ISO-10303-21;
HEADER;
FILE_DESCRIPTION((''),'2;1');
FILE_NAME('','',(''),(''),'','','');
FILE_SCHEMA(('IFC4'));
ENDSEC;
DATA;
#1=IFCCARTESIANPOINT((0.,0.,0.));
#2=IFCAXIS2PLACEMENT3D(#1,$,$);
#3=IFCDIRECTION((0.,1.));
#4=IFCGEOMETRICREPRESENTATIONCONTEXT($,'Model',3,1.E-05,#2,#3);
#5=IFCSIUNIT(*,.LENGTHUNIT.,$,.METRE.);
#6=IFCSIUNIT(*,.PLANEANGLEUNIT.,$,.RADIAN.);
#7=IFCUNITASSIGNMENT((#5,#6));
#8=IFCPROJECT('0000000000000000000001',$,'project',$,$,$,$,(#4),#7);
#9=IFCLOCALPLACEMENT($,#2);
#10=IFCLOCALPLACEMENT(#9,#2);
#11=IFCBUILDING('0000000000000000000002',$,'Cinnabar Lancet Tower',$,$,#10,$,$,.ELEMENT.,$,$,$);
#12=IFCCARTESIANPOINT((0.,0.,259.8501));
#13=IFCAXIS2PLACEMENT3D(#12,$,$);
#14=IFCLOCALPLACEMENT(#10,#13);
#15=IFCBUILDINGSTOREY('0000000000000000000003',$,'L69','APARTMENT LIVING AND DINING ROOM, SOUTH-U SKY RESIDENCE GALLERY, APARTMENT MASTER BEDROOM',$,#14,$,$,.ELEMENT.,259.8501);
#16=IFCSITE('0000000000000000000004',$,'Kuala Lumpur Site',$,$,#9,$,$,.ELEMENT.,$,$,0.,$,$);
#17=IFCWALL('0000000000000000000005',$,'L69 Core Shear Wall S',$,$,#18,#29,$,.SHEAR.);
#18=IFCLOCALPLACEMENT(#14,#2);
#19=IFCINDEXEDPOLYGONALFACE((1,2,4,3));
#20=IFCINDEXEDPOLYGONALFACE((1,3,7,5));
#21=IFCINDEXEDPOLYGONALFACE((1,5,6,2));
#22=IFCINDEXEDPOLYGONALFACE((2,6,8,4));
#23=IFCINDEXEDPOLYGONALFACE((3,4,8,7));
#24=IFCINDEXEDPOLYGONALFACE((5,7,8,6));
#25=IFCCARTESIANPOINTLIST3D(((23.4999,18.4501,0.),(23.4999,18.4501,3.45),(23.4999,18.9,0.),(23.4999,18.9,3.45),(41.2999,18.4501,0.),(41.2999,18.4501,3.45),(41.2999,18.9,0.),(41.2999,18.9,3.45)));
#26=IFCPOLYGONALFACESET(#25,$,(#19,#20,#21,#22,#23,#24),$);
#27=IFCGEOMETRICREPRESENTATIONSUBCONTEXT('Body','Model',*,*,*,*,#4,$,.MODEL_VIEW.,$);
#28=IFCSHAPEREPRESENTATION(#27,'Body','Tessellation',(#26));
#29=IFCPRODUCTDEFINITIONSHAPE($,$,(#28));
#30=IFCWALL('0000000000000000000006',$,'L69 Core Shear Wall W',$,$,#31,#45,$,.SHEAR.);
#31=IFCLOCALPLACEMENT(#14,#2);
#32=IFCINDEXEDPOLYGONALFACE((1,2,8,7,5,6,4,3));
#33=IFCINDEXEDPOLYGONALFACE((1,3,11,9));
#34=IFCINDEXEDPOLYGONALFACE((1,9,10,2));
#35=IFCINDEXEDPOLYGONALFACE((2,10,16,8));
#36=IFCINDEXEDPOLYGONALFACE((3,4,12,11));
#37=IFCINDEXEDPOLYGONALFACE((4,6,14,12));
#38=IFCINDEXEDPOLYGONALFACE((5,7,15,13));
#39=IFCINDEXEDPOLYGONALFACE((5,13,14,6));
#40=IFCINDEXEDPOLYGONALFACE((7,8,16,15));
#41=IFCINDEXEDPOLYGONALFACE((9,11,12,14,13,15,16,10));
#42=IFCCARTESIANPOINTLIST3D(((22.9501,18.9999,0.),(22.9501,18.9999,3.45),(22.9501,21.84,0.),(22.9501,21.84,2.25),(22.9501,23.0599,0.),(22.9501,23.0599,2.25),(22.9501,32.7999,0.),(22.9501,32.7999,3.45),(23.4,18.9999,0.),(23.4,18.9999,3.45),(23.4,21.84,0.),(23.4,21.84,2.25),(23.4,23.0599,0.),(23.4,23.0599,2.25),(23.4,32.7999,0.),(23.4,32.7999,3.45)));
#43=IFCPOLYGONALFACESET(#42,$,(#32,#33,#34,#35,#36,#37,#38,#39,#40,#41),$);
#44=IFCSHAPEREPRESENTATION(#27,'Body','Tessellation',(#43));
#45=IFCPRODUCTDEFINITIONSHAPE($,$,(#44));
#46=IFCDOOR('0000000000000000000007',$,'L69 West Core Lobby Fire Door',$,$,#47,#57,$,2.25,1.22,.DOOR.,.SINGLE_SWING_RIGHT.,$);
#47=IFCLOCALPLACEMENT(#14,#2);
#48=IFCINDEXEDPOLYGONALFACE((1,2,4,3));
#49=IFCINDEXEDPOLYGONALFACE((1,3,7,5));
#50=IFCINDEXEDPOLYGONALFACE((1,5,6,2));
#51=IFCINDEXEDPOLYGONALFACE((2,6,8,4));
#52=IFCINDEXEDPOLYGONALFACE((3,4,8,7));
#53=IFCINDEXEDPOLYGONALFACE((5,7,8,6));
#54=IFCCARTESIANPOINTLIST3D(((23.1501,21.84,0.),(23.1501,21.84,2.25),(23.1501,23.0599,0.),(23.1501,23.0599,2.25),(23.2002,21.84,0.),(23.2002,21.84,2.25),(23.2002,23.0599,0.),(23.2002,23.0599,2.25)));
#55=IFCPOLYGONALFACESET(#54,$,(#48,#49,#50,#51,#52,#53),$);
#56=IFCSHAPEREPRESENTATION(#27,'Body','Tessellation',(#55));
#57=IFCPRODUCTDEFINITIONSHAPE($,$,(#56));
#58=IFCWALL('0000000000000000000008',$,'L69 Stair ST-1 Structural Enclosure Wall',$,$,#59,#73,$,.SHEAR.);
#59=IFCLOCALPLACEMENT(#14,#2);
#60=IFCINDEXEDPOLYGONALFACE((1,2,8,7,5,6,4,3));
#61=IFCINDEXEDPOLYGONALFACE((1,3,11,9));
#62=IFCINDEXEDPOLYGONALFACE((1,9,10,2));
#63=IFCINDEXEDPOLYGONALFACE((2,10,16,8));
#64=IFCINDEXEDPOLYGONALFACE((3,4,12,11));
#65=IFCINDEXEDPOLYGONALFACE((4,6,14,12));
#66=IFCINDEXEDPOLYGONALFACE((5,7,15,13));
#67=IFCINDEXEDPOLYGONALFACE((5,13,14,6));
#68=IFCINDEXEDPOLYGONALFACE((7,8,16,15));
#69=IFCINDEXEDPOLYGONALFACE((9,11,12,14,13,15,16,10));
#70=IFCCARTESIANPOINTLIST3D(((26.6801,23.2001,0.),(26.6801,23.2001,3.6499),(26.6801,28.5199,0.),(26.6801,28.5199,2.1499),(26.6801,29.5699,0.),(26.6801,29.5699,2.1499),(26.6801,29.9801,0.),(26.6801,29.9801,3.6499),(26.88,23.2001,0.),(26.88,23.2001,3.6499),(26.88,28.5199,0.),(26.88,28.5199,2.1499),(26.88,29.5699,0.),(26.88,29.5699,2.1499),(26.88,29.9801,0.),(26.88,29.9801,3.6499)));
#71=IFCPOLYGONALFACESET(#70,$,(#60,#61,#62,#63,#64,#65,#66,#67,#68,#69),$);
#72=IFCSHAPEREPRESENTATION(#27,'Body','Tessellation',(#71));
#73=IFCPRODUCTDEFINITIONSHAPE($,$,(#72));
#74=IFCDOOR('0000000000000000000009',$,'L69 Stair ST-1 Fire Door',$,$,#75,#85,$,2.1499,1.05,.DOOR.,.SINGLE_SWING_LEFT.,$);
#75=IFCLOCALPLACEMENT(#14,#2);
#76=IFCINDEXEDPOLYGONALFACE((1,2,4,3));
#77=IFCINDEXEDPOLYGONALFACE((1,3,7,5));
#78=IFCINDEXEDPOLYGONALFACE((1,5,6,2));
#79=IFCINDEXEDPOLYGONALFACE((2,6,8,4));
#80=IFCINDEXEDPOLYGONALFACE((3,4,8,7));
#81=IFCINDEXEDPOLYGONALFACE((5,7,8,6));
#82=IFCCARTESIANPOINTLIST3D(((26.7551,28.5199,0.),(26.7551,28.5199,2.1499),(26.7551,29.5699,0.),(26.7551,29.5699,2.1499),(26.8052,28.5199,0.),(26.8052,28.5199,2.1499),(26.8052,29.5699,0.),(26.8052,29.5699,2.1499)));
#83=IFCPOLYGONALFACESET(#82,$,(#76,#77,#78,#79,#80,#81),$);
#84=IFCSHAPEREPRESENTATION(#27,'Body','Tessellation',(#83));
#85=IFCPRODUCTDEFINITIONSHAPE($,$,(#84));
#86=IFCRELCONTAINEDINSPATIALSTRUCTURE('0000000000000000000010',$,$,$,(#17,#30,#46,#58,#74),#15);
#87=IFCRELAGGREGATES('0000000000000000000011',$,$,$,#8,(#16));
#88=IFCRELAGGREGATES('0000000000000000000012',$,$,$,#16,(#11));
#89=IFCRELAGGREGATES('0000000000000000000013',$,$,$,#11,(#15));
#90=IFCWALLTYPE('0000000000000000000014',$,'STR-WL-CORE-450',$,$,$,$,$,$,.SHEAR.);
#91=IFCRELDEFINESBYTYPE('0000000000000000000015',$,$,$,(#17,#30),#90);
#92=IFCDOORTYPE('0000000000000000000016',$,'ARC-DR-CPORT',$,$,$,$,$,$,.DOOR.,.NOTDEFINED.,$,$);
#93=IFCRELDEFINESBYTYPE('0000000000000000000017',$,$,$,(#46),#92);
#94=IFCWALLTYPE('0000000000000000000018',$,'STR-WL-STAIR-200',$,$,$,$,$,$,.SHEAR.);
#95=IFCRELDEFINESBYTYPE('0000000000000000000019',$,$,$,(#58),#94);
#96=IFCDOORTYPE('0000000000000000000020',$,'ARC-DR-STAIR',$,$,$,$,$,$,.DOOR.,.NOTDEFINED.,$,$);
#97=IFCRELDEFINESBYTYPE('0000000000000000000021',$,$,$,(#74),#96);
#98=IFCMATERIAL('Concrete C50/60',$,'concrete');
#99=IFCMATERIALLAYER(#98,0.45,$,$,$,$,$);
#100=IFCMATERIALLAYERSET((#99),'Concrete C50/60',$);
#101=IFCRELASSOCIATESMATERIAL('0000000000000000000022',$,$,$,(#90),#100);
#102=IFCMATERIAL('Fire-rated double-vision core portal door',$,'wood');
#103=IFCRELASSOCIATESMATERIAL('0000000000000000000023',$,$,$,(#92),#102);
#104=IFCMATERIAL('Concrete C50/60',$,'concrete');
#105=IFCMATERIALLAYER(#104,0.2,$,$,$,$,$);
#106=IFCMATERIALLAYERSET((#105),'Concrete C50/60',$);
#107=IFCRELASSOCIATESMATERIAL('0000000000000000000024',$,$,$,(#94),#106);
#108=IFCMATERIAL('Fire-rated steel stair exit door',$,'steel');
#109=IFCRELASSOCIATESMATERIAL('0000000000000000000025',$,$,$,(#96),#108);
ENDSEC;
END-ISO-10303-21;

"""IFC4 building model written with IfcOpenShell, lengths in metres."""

from ifc_helpers import new_model, si_unit, direction, frame, frame_2d, origin, place, context, subcontext, project, spatial, rectangle, extrude, material, layer, layer_set, type_object, element, fill, save


model = new_model("IFC4")

# Units and contexts
model_context = context("Model", 3, precision=1e-05, world=origin(), true_north=direction((0.0, 1.0)))
body_context = subcontext(model_context, "Body", "Model", "MODEL_VIEW")
ifc_project = project(units=[si_unit("LENGTHUNIT", "METRE"), si_unit("PLANEANGLEUNIT", "RADIAN")], contexts=[model_context])

# Site, building, storey
site_placement = place(None, origin())
site = spatial("IfcSite", under=ifc_project, at=site_placement, Name="Kuala Lumpur Site", CompositionType="ELEMENT", RefElevation=0.0)
building_placement = place(site_placement, origin())
building = spatial("IfcBuilding", under=site, at=building_placement, Name="Cinnabar Lancet Tower", CompositionType="ELEMENT")
storey_placement = place(building_placement, frame((0.0, 0.0, 259.8501)))
storey = spatial("IfcBuildingStorey", under=building, at=storey_placement, Name="L69", Description="APARTMENT LIVING AND DINING ROOM, SOUTH-U SKY RESIDENCE GALLERY, APARTMENT MASTER BEDROOM", CompositionType="ELEMENT", Elevation=259.8501)

# Wall
ifc_material_1 = material(Name="Concrete C50/60", Category="concrete")
ifc_layer_1 = layer(ifc_material_1, 0.45)
ifc_layer_set_1 = layer_set([ifc_layer_1], Name="Concrete C50/60")
wall_type_1 = type_object("IfcWallType", Name="STR-WL-CORE-450", PredefinedType="SHEAR", material=ifc_layer_set_1)
wall_1_placement = place(storey_placement, frame((23.5, 18.675, 0.0), z_axis=(0.0, 0.0, 1.0), x_axis=(1.0, 0.0, 0.0)))
element("IfcWall", 1, at=wall_1_placement, inside=storey, type_object=wall_type_1, Name="L69 Core Shear Wall S", PredefinedType="SHEAR", context=body_context, shape_type="SweptSolid", body=[
    extrude(rectangle(XDim=17.8, YDim=0.45, at=frame_2d((8.8999, 0.0))), origin(), (0.0, 0.0, 1.0), 3.45),
])

# Walls, openings, doors
wall_2_placement = place(storey_placement, frame((23.175, 19.0, 0.0), z_axis=(0.0, 0.0, 1.0), x_axis=(0.0, 1.0, 0.0)))
wall_2 = element("IfcWall", 2, at=wall_2_placement, inside=storey, type_object=wall_type_1, Name="L69 Core Shear Wall W", PredefinedType="SHEAR", context=body_context, shape_type="SweptSolid", body=[
    extrude(rectangle(XDim=13.8, YDim=0.45, at=frame_2d((6.8999, 0.0))), origin(), (0.0, 0.0, 1.0), 3.45),
])
opening_1_placement = place(wall_2_placement, frame((2.8401, 0.0, 0.0)))
opening_1 = element("IfcOpeningElement", 3, at=opening_1_placement, cuts=wall_2, PredefinedType="OPENING", context=body_context, shape_type="SweptSolid", body=[
    extrude(rectangle(XDim=1.22, YDim=2.25, at=frame_2d((0.6099, 1.125))), frame((0.0, 0.2349, 0.0), z_axis=(0.0, -1.0, 0.0), x_axis=(1.0, 0.0, 0.0)), (0.0, 0.0, 1.0), 0.47),
])
ifc_material_2 = material(Name="Fire-rated double-vision core portal door", Category="wood")
door_type_1 = type_object("IfcDoorType", Name="ARC-DR-CPORT", OperationType="NOTDEFINED", PredefinedType="DOOR", material=ifc_material_2)
door_1_placement = place(opening_1_placement, origin())
door_1 = element("IfcDoor", 4, at=door_1_placement, inside=storey, type_object=door_type_1, Name="L69 West Core Lobby Fire Door", OperationType="SINGLE_SWING_RIGHT", OverallHeight=2.25, OverallWidth=1.22, PredefinedType="DOOR", context=body_context, shape_type="SweptSolid", body=[
    extrude(rectangle(XDim=1.22, YDim=2.25, at=frame_2d((0.6099, 1.125))), frame((0.0, 0.0249, 0.0), z_axis=(0.0, -1.0, 0.0), x_axis=(1.0, 0.0, 0.0)), (0.0, 0.0, 1.0), 0.05),
])
fill(opening_1, door_1)
ifc_material_3 = material(Name="Concrete C50/60", Category="concrete")
ifc_layer_2 = layer(ifc_material_3, 0.2)
ifc_layer_set_2 = layer_set([ifc_layer_2], Name="Concrete C50/60")
wall_type_2 = type_object("IfcWallType", Name="STR-WL-STAIR-200", PredefinedType="SHEAR", material=ifc_layer_set_2)
wall_3_placement = place(storey_placement, frame((26.78, 23.2, 0.0), z_axis=(0.0, 0.0, 1.0), x_axis=(0.0, 1.0, 0.0)))
wall_3 = element("IfcWall", 5, at=wall_3_placement, inside=storey, type_object=wall_type_2, Name="L69 Stair ST-1 Structural Enclosure Wall", PredefinedType="SHEAR", context=body_context, shape_type="SweptSolid", body=[
    extrude(rectangle(XDim=6.78, YDim=0.2, at=frame_2d((3.3901, 0.0))), origin(), (0.0, 0.0, 1.0), 3.6499),
])
opening_2_placement = place(wall_3_placement, frame((5.3201, 0.0, 0.0)))
opening_2 = element("IfcOpeningElement", 6, at=opening_2_placement, cuts=wall_3, PredefinedType="OPENING", context=body_context, shape_type="SweptSolid", body=[
    extrude(rectangle(XDim=1.05, YDim=2.1499, at=frame_2d((0.5249, 1.075))), frame((0.0, 0.1099, 0.0), z_axis=(0.0, -1.0, 0.0), x_axis=(1.0, 0.0, 0.0)), (0.0, 0.0, 1.0), 0.22),
])
ifc_material_4 = material(Name="Fire-rated steel stair exit door", Category="steel")
door_type_2 = type_object("IfcDoorType", Name="ARC-DR-STAIR", OperationType="NOTDEFINED", PredefinedType="DOOR", material=ifc_material_4)
door_2_placement = place(opening_2_placement, origin())
door_2 = element("IfcDoor", 7, at=door_2_placement, inside=storey, type_object=door_type_2, Name="L69 Stair ST-1 Fire Door", OperationType="SINGLE_SWING_LEFT", OverallHeight=2.1499, OverallWidth=1.05, PredefinedType="DOOR", context=body_context, shape_type="SweptSolid", body=[
    extrude(rectangle(XDim=1.05, YDim=2.1499, at=frame_2d((0.5249, 1.075))), frame((0.0, 0.0249, 0.0), z_axis=(0.0, -1.0, 0.0), x_axis=(1.0, 0.0, 0.0)), (0.0, 0.0, 1.0), 0.05),
])
fill(opening_2, door_2)

save(model, "model.ifc")
